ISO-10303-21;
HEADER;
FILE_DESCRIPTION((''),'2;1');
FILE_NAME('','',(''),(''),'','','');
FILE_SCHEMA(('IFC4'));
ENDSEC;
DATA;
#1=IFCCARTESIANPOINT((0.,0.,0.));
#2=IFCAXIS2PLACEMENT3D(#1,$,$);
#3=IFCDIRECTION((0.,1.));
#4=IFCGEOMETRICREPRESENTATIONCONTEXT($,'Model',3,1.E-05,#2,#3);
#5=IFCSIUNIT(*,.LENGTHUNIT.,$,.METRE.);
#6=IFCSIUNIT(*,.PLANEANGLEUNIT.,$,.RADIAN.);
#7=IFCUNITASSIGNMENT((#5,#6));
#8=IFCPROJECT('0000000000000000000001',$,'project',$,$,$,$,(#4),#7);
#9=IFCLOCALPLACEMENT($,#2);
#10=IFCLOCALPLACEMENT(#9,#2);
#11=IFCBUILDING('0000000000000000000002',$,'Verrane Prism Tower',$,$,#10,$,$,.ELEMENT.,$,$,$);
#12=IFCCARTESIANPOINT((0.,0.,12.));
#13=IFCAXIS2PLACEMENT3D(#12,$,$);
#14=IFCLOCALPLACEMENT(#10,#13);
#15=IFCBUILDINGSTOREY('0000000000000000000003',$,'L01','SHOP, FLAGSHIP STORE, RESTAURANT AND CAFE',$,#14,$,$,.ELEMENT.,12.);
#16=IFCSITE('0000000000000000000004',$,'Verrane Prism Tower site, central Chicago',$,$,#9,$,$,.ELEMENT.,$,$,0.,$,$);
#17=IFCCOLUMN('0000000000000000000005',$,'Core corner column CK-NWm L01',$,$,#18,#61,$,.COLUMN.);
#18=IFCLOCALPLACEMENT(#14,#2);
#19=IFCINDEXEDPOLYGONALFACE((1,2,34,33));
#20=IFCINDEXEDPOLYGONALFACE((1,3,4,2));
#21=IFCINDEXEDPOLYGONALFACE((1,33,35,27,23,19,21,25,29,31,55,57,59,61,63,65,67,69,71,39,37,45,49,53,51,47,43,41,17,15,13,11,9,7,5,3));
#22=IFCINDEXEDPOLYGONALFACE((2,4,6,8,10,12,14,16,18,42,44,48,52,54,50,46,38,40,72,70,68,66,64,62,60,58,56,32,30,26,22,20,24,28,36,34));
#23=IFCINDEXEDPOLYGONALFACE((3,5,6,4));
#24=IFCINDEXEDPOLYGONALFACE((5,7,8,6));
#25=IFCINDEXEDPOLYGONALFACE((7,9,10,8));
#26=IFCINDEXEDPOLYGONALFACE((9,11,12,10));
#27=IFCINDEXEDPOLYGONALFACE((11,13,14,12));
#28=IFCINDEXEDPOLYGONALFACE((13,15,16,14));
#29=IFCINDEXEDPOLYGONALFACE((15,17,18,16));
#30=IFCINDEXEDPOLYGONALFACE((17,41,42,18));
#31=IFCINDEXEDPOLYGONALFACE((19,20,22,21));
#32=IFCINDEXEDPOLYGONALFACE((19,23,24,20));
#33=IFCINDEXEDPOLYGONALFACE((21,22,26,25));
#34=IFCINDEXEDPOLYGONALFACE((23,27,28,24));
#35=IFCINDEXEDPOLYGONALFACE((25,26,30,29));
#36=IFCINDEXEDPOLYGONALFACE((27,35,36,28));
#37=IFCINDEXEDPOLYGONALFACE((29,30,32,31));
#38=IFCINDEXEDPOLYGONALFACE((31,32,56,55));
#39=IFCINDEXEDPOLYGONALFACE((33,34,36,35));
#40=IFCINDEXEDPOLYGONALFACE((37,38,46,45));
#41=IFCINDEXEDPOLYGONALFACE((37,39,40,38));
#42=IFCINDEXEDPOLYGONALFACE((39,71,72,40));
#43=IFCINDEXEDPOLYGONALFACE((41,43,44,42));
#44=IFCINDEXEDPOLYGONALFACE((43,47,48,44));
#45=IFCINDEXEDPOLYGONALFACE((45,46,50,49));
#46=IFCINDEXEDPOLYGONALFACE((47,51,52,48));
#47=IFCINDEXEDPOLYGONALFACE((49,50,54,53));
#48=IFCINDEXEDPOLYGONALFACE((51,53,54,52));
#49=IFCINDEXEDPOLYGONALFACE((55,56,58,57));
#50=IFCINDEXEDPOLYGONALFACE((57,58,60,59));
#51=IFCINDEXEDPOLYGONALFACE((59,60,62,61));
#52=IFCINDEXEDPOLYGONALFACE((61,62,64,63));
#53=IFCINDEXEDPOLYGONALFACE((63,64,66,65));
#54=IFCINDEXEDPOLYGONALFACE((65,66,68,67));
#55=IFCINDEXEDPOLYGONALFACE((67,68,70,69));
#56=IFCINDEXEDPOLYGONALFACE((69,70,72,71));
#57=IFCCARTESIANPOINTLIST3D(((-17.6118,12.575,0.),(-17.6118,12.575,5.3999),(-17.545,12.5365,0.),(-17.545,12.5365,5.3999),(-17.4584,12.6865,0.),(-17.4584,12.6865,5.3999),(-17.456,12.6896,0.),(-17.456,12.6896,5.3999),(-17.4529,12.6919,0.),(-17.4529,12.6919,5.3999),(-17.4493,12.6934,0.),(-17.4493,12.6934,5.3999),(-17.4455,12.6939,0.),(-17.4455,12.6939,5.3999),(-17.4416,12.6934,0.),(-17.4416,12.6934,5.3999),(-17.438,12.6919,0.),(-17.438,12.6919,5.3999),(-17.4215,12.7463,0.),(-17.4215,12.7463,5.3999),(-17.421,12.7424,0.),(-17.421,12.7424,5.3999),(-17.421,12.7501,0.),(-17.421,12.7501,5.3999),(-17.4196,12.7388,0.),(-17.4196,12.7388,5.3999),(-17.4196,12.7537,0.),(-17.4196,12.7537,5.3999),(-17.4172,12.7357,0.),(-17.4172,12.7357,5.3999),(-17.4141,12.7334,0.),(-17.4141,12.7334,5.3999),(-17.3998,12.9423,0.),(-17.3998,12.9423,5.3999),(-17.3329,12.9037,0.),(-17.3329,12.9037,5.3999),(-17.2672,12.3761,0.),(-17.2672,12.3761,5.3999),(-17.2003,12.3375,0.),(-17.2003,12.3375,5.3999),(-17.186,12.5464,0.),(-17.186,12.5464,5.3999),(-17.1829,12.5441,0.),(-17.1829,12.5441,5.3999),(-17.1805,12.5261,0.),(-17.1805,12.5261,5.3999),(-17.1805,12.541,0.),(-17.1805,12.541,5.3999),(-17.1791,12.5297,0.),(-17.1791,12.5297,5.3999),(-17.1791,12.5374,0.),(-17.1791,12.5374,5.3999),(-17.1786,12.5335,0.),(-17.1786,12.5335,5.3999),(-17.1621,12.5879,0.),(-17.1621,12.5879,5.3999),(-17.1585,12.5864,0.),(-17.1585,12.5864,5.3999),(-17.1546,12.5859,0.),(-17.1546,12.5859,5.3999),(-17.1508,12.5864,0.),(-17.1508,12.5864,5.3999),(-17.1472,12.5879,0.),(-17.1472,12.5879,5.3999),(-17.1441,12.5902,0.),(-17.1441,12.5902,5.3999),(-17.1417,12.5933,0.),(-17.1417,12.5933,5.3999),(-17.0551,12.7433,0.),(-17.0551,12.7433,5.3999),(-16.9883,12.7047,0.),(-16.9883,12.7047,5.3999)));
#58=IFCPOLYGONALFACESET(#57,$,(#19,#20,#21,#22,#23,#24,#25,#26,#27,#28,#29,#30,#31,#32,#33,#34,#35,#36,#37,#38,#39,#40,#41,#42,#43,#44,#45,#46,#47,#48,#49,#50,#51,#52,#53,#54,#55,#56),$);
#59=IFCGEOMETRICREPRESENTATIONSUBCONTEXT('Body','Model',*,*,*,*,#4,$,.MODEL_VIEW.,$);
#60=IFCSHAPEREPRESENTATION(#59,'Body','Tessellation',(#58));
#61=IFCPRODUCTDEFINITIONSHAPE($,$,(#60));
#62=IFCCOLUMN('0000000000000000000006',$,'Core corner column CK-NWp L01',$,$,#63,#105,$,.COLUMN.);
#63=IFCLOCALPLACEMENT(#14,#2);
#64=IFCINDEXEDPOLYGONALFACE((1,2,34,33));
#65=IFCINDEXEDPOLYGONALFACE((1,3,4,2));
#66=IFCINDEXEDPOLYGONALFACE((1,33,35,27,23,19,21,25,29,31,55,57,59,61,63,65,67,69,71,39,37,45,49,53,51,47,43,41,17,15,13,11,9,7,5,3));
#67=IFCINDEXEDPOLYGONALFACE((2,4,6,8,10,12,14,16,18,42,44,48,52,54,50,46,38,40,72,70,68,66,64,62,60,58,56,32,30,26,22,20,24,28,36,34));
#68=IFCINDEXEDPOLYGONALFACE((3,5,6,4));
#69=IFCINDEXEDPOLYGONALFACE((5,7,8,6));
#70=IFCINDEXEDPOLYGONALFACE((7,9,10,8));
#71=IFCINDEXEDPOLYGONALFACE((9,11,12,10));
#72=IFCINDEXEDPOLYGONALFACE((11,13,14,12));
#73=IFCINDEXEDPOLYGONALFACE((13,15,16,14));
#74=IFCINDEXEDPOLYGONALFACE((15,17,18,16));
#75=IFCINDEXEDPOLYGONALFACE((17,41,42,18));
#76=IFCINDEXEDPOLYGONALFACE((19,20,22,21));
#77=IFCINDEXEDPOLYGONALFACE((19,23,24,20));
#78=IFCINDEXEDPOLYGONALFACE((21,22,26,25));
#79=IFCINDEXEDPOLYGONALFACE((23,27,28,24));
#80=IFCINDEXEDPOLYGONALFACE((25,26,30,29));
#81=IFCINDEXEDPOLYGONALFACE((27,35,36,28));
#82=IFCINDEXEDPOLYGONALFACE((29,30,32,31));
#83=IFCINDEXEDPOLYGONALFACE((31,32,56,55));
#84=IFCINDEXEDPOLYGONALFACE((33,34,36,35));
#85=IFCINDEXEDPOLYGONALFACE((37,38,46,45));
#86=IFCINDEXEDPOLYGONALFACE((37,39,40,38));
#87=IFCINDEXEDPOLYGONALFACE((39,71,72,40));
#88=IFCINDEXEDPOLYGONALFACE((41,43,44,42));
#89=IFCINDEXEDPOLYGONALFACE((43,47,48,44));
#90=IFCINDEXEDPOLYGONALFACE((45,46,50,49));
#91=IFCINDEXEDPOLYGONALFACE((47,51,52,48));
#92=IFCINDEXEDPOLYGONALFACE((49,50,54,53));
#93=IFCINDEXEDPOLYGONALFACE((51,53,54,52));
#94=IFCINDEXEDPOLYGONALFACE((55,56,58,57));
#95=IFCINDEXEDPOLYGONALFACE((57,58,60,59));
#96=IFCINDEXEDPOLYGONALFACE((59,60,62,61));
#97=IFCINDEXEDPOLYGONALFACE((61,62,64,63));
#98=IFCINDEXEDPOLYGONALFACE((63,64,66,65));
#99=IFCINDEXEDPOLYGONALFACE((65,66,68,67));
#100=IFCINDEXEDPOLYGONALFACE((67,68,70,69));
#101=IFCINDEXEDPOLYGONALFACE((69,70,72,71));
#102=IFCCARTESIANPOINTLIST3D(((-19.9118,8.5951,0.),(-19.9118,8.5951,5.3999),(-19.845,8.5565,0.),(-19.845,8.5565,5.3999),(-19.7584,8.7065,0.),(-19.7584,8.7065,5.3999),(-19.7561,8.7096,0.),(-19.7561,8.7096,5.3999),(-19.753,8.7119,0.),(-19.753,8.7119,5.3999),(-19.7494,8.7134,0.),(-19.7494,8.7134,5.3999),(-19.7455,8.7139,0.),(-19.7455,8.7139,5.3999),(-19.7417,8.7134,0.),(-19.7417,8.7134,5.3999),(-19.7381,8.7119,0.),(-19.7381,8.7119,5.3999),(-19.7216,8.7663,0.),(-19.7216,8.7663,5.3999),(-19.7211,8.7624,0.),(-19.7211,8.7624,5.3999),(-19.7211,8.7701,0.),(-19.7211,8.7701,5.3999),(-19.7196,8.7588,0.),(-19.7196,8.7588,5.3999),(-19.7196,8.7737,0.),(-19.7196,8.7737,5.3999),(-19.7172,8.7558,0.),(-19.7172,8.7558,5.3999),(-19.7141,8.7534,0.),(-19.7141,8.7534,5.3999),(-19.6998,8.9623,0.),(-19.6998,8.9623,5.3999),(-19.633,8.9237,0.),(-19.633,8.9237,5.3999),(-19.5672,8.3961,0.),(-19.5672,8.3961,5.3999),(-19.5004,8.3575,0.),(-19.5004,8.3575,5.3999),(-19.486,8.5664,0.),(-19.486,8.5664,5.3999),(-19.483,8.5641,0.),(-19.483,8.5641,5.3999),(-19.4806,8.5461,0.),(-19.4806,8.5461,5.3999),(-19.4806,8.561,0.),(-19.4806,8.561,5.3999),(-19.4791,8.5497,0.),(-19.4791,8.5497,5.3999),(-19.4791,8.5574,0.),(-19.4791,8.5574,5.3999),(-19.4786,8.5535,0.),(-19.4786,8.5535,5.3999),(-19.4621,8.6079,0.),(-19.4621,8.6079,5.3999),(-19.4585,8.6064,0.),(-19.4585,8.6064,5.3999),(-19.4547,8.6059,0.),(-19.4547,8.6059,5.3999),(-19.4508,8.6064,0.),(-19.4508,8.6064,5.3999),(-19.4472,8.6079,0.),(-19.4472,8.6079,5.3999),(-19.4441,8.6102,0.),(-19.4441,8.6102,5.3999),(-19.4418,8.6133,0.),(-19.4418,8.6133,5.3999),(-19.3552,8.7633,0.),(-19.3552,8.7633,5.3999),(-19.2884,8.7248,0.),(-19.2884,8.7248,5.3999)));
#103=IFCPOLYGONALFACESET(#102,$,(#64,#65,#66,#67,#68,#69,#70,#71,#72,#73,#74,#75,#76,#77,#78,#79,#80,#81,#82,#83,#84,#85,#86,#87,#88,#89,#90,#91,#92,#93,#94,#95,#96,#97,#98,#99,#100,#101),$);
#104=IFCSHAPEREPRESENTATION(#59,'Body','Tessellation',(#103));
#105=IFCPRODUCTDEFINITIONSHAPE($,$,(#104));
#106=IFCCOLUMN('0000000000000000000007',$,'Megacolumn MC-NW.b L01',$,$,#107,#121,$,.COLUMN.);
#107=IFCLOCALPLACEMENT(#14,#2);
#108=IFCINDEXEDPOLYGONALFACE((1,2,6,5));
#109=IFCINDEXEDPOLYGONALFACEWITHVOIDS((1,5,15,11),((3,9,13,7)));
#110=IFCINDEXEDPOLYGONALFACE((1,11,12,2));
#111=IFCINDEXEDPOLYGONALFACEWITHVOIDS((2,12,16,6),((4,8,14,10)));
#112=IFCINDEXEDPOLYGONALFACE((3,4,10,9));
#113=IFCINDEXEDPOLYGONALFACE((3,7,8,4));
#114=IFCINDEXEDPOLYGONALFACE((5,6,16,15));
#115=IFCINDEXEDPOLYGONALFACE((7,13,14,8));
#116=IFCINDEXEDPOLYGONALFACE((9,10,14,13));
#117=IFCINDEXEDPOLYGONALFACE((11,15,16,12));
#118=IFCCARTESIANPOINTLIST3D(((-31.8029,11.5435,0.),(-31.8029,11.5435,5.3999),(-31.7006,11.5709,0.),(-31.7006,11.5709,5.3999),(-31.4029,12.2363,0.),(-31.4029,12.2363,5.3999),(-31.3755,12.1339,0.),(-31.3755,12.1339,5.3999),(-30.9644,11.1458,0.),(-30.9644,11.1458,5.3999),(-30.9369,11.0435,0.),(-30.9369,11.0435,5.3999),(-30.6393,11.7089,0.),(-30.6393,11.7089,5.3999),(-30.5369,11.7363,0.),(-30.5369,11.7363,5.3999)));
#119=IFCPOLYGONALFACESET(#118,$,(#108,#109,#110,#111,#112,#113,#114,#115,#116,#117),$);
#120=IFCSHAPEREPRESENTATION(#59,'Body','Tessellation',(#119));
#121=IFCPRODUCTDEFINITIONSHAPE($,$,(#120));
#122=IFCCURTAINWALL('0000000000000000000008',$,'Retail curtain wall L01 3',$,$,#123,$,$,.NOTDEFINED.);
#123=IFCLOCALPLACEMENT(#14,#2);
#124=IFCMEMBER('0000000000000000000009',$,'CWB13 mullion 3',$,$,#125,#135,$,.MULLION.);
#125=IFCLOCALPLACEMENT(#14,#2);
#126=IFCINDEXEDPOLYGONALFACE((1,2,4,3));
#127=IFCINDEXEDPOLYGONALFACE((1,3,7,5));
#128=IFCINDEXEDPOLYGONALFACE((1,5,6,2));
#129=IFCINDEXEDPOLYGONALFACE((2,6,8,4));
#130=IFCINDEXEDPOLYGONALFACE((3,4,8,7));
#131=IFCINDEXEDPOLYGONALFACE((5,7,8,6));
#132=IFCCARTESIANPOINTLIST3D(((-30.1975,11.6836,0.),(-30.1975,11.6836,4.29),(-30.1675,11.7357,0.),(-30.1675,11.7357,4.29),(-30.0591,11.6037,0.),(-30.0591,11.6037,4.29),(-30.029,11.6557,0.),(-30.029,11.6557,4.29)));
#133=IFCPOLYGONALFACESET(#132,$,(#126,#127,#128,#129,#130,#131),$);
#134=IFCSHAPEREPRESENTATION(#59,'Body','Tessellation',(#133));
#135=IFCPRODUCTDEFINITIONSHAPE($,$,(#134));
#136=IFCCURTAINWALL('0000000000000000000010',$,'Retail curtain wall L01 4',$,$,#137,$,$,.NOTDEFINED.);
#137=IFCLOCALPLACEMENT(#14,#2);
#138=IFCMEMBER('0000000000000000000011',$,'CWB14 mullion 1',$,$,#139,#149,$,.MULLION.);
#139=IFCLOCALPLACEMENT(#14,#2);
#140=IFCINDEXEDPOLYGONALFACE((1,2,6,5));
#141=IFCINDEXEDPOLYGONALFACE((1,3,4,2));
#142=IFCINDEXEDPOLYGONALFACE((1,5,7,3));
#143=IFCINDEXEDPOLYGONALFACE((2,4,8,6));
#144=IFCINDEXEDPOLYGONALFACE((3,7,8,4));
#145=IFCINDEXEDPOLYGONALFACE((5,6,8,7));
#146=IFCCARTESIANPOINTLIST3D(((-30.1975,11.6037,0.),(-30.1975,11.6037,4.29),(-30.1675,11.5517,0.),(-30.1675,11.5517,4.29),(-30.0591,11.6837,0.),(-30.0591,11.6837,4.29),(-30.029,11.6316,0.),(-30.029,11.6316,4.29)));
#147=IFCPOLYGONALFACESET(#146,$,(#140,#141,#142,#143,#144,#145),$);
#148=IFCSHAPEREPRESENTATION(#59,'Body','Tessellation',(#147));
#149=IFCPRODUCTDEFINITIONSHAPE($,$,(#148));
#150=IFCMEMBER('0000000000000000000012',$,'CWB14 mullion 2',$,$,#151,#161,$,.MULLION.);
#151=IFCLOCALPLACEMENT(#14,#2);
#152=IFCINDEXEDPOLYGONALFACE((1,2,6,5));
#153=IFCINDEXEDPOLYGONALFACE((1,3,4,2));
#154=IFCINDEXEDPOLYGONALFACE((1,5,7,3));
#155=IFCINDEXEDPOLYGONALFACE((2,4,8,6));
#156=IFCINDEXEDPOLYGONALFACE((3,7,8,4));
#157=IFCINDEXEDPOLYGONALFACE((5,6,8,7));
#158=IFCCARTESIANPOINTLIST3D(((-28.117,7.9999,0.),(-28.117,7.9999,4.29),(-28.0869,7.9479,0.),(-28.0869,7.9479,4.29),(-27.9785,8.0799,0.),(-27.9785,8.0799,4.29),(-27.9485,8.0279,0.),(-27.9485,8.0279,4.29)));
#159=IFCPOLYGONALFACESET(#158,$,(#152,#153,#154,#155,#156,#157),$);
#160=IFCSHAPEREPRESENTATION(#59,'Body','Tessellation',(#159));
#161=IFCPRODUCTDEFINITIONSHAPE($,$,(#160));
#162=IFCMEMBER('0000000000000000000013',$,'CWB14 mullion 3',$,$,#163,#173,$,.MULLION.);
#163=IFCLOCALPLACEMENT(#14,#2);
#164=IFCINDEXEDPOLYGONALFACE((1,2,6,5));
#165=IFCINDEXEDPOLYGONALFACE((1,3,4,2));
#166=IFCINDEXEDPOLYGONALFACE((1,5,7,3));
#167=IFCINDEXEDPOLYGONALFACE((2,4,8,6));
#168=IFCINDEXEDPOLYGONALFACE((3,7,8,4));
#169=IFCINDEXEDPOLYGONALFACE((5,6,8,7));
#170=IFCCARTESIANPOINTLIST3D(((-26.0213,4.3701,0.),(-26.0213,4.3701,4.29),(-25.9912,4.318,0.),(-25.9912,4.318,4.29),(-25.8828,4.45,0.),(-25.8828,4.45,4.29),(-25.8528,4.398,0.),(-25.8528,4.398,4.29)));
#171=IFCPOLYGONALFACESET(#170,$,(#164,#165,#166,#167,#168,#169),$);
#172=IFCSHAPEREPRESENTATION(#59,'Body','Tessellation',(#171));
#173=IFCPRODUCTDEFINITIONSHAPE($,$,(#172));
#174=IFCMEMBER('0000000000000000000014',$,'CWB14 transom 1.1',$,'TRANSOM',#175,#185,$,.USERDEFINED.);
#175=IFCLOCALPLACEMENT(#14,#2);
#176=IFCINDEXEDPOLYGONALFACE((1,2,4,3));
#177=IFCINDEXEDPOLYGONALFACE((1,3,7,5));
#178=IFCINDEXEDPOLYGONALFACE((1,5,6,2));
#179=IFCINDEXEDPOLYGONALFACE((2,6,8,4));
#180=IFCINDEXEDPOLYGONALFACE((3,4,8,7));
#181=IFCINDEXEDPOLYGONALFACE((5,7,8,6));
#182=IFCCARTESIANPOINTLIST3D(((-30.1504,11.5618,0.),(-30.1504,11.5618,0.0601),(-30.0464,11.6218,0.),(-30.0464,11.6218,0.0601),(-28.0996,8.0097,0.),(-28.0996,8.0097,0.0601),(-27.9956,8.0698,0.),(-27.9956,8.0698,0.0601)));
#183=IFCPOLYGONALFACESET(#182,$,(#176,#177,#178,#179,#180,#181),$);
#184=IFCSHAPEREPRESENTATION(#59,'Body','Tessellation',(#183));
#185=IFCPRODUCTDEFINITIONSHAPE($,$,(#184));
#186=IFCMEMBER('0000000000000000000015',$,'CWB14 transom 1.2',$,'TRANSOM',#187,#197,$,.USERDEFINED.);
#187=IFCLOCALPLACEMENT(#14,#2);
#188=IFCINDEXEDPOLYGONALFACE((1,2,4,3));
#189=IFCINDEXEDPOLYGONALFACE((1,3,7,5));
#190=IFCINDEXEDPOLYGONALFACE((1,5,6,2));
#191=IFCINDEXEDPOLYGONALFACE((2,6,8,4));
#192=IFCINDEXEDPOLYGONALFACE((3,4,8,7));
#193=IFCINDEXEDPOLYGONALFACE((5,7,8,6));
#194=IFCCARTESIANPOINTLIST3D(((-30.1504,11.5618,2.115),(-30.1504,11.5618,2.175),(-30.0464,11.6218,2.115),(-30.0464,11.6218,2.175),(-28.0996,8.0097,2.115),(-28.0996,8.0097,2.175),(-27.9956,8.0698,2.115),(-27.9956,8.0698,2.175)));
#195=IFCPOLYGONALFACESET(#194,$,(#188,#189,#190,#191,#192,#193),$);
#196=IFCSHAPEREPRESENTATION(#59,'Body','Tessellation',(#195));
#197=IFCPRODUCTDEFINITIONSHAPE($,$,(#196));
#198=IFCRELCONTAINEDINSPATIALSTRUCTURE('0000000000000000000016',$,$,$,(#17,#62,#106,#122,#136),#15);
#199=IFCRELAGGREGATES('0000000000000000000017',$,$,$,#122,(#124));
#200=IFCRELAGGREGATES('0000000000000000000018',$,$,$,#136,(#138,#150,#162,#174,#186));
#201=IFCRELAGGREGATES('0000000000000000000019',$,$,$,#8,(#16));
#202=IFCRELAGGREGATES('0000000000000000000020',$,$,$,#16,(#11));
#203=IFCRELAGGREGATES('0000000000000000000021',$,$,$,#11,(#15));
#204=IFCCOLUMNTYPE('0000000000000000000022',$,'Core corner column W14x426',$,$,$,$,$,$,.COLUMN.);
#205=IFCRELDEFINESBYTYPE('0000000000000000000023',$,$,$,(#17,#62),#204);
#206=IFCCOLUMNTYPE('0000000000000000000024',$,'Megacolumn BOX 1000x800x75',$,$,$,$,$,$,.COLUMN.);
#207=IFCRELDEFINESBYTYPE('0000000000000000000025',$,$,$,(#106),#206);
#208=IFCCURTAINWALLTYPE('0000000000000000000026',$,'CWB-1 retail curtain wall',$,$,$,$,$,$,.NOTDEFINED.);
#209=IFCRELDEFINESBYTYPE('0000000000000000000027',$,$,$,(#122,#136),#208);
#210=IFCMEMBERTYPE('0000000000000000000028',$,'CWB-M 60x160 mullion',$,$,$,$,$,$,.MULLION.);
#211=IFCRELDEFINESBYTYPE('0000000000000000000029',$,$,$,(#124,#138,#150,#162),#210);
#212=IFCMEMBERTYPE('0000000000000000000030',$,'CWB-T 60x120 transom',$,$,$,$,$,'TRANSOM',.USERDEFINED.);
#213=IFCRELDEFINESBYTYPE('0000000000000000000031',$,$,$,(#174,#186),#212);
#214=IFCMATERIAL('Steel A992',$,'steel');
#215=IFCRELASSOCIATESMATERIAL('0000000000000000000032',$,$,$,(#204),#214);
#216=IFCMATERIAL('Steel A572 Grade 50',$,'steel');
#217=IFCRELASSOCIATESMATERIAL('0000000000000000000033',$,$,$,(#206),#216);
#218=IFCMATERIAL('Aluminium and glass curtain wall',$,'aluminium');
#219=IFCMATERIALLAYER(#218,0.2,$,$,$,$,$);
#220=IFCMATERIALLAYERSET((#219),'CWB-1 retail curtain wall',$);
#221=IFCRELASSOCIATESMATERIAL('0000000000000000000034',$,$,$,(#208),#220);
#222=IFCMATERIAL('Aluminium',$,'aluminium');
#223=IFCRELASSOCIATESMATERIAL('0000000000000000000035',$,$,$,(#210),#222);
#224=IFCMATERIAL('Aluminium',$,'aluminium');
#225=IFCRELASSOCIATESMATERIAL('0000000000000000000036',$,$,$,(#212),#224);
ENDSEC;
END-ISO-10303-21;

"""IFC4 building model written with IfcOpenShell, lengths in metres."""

from ifc_helpers import new_model, si_unit, direction, frame, origin, origin_2d, place, context, subcontext, project, spatial, rectangle, hollow_rectangle, i_section, extrude, material, layer, layer_set, material_profile, profile_set, type_object, element, aggregate, save


model = new_model("IFC4")

# Units and contexts
model_context = context("Model", 3, precision=1e-05, world=origin(), true_north=direction((0.0, 1.0)))
body_context = subcontext(model_context, "Body", "Model", "MODEL_VIEW")
ifc_project = project(units=[si_unit("LENGTHUNIT", "METRE"), si_unit("PLANEANGLEUNIT", "RADIAN")], contexts=[model_context])

# Site, building, storey
site_placement = place(None, origin())
site = spatial("IfcSite", under=ifc_project, at=site_placement, Name="Verrane Prism Tower site, central Chicago", CompositionType="ELEMENT", RefElevation=0.0)
building_placement = place(site_placement, origin())
building = spatial("IfcBuilding", under=site, at=building_placement, Name="Verrane Prism Tower", CompositionType="ELEMENT")
storey_placement = place(building_placement, frame((0.0, 0.0, 12.0)))
storey = spatial("IfcBuildingStorey", under=building, at=storey_placement, Name="L01", Description="SHOP, FLAGSHIP STORE, RESTAURANT AND CAFE", CompositionType="ELEMENT", Elevation=12.0)

# Columns
ifc_material_1 = material(Name="Steel A992", Category="steel")
ifc_material_profile_1 = material_profile(ifc_material_1, i_section(OverallWidth=0.4241, OverallDepth=0.4751, WebThickness=0.0479, FlangeThickness=0.0771, FilletRadius=0.0149, at=origin_2d()), Name="W14x426")
ifc_profile_set_1 = profile_set([ifc_material_profile_1], Name="Steel A992")
column_type_1 = type_object("IfcColumnType", Name="Core corner column W14x426", PredefinedType="COLUMN", material=ifc_profile_set_1)
for number, where, z_axis, x_axis, name in (
    (1, (-17.3, 12.6399, 0.0), (0.0, 0.0, 1.0), (0.5, 0.866025, 0.0), "Core corner column CK-NWm L01"),
    (2, (-19.6001, 8.6599, 0.0), (0.0, 0.0, 1.0), (0.5, 0.866025, 0.0), "Core corner column CK-NWp L01"),
):
    element("IfcColumn", number, at=place(storey_placement, frame(where, z_axis=z_axis, x_axis=x_axis)), inside=storey, type_object=column_type_1, Name=name, PredefinedType="COLUMN", context=body_context, shape_type="SweptSolid", body=[
        extrude(i_section(OverallWidth=0.4241, OverallDepth=0.4751, WebThickness=0.0479, FlangeThickness=0.0771, FilletRadius=0.0149, at=origin_2d()), origin(), (0.0, 0.0, 1.0), 5.3999),
    ])
ifc_material_2 = material(Name="Steel A572 Grade 50", Category="steel")
ifc_material_profile_2 = material_profile(ifc_material_2, hollow_rectangle(XDim=0.8, YDim=1.0, WallThickness=0.075, at=origin_2d()), Name="BOX 1000x800x75")
ifc_profile_set_2 = profile_set([ifc_material_profile_2], Name="Steel A572 Grade 50")
column_type_2 = type_object("IfcColumnType", Name="Megacolumn BOX 1000x800x75", PredefinedType="COLUMN", material=ifc_profile_set_2)
column_placement = place(storey_placement, frame((-31.1699, 11.6399, 0.0), z_axis=(0.0, 0.0, 1.0), x_axis=(0.5, 0.866025, 0.0)))
element("IfcColumn", 3, at=column_placement, inside=storey, type_object=column_type_2, Name="Megacolumn MC-NW.b L01", PredefinedType="COLUMN", context=body_context, shape_type="SweptSolid", body=[
    extrude(hollow_rectangle(XDim=0.8, YDim=1.0, WallThickness=0.075, at=origin_2d()), origin(), (0.0, 0.0, 1.0), 5.3999),
])

# Curtain wall, member
ifc_material_3 = material(Name="Aluminium and glass curtain wall", Category="aluminium")
ifc_layer_1 = layer(ifc_material_3, 0.2)
ifc_layer_set_1 = layer_set([ifc_layer_1], Name="CWB-1 retail curtain wall")
curtain_wall_type = type_object("IfcCurtainWallType", Name="CWB-1 retail curtain wall", PredefinedType="NOTDEFINED", material=ifc_layer_set_1)
curtain_wall_1_placement = place(storey_placement, origin())
curtain_wall_1 = element("IfcCurtainWall", 4, at=curtain_wall_1_placement, inside=storey, type_object=curtain_wall_type, Name="Retail curtain wall L01 3", PredefinedType="NOTDEFINED")
ifc_material_4 = material(Name="Aluminium", Category="aluminium")
ifc_material_profile_3 = material_profile(ifc_material_4, rectangle(XDim=0.1599, YDim=0.0601, at=origin_2d()), Name="CWB-M 60x160 mullion")
ifc_profile_set_3 = profile_set([ifc_material_profile_3], Name="Aluminium")
member_type_1 = type_object("IfcMemberType", Name="CWB-M 60x160 mullion", PredefinedType="MULLION", material=ifc_profile_set_3)
member_1_placement = place(storey_placement, frame((-30.1133, 11.6697, 0.0), z_axis=(0.0, 0.0, 1.0), x_axis=(0.866026, -0.499999, 0.0)))
member_1 = element("IfcMember", 5, at=member_1_placement, type_object=member_type_1, Name="CWB13 mullion 3", PredefinedType="MULLION", context=body_context, shape_type="SweptSolid", body=[
    extrude(rectangle(XDim=0.1599, YDim=0.0601, at=origin_2d()), origin(), (0.0, 0.0, 1.0), 4.29),
])
aggregate(curtain_wall_1, [member_1])

# Curtain wall, members
curtain_wall_2_placement = place(storey_placement, origin())
curtain_wall_2 = element("IfcCurtainWall", 6, at=curtain_wall_2_placement, inside=storey, type_object=curtain_wall_type, Name="Retail curtain wall L01 4", PredefinedType="NOTDEFINED")
member_2_placement = place(storey_placement, frame((-30.1133, 11.6177, 0.0), z_axis=(0.0, 0.0, 1.0), x_axis=(0.866025, 0.5, 0.0)))
member_2 = element("IfcMember", 7, at=member_2_placement, type_object=member_type_1, Name="CWB14 mullion 1", PredefinedType="MULLION", context=body_context, shape_type="SweptSolid", body=[
    extrude(rectangle(XDim=0.1599, YDim=0.0601, at=origin_2d()), origin(), (0.0, 0.0, 1.0), 4.29),
])
member_3_placement = place(storey_placement, frame((-28.0327, 8.0139, 0.0), z_axis=(0.0, 0.0, 1.0), x_axis=(0.866025, 0.5, 0.0)))
member_3 = element("IfcMember", 8, at=member_3_placement, type_object=member_type_1, Name="CWB14 mullion 2", PredefinedType="MULLION", context=body_context, shape_type="SweptSolid", body=[
    extrude(rectangle(XDim=0.1599, YDim=0.0601, at=origin_2d()), origin(), (0.0, 0.0, 1.0), 4.29),
])
member_4_placement = place(storey_placement, frame((-25.937, 4.384, 0.0), z_axis=(0.0, 0.0, 1.0), x_axis=(0.866025, 0.5, 0.0)))
member_4 = element("IfcMember", 9, at=member_4_placement, type_object=member_type_1, Name="CWB14 mullion 3", PredefinedType="MULLION", context=body_context, shape_type="SweptSolid", body=[
    extrude(rectangle(XDim=0.1599, YDim=0.0601, at=origin_2d()), origin(), (0.0, 0.0, 1.0), 4.29),
])
ifc_material_5 = material(Name="Aluminium", Category="aluminium")
ifc_material_profile_4 = material_profile(ifc_material_5, rectangle(XDim=0.1201, YDim=0.0601, at=origin_2d()), Name="CWB-T 60x120 transom")
ifc_profile_set_4 = profile_set([ifc_material_profile_4], Name="Aluminium")
member_type_2 = type_object("IfcMemberType", Name="CWB-T 60x120 transom", ElementType="TRANSOM", PredefinedType="USERDEFINED", material=ifc_profile_set_4)
member_5_placement = place(storey_placement, frame((-30.0984, 11.5918, 0.03), z_axis=(0.500006, -0.866022, 0.0), x_axis=(0.866022, 0.500006, 0.0)))
member_5 = element("IfcMember", 10, at=member_5_placement, type_object=member_type_2, Name="CWB14 transom 1.1", ObjectType="TRANSOM", PredefinedType="USERDEFINED", context=body_context, shape_type="SweptSolid", body=[
    extrude(rectangle(XDim=0.1201, YDim=0.0601, at=origin_2d()), origin(), (0.0, 0.0, 1.0), 4.1016),
])
member_6_placement = place(storey_placement, frame((-30.0984, 11.5918, 2.145), z_axis=(0.500006, -0.866022, 0.0), x_axis=(0.866022, 0.500006, 0.0)))
member_6 = element("IfcMember", 11, at=member_6_placement, type_object=member_type_2, Name="CWB14 transom 1.2", ObjectType="TRANSOM", PredefinedType="USERDEFINED", context=body_context, shape_type="SweptSolid", body=[
    extrude(rectangle(XDim=0.1201, YDim=0.0601, at=origin_2d()), origin(), (0.0, 0.0, 1.0), 4.1016),
])

aggregate(curtain_wall_2, [member_2, member_3, member_4, member_5, member_6])

save(model, "model.ifc")
